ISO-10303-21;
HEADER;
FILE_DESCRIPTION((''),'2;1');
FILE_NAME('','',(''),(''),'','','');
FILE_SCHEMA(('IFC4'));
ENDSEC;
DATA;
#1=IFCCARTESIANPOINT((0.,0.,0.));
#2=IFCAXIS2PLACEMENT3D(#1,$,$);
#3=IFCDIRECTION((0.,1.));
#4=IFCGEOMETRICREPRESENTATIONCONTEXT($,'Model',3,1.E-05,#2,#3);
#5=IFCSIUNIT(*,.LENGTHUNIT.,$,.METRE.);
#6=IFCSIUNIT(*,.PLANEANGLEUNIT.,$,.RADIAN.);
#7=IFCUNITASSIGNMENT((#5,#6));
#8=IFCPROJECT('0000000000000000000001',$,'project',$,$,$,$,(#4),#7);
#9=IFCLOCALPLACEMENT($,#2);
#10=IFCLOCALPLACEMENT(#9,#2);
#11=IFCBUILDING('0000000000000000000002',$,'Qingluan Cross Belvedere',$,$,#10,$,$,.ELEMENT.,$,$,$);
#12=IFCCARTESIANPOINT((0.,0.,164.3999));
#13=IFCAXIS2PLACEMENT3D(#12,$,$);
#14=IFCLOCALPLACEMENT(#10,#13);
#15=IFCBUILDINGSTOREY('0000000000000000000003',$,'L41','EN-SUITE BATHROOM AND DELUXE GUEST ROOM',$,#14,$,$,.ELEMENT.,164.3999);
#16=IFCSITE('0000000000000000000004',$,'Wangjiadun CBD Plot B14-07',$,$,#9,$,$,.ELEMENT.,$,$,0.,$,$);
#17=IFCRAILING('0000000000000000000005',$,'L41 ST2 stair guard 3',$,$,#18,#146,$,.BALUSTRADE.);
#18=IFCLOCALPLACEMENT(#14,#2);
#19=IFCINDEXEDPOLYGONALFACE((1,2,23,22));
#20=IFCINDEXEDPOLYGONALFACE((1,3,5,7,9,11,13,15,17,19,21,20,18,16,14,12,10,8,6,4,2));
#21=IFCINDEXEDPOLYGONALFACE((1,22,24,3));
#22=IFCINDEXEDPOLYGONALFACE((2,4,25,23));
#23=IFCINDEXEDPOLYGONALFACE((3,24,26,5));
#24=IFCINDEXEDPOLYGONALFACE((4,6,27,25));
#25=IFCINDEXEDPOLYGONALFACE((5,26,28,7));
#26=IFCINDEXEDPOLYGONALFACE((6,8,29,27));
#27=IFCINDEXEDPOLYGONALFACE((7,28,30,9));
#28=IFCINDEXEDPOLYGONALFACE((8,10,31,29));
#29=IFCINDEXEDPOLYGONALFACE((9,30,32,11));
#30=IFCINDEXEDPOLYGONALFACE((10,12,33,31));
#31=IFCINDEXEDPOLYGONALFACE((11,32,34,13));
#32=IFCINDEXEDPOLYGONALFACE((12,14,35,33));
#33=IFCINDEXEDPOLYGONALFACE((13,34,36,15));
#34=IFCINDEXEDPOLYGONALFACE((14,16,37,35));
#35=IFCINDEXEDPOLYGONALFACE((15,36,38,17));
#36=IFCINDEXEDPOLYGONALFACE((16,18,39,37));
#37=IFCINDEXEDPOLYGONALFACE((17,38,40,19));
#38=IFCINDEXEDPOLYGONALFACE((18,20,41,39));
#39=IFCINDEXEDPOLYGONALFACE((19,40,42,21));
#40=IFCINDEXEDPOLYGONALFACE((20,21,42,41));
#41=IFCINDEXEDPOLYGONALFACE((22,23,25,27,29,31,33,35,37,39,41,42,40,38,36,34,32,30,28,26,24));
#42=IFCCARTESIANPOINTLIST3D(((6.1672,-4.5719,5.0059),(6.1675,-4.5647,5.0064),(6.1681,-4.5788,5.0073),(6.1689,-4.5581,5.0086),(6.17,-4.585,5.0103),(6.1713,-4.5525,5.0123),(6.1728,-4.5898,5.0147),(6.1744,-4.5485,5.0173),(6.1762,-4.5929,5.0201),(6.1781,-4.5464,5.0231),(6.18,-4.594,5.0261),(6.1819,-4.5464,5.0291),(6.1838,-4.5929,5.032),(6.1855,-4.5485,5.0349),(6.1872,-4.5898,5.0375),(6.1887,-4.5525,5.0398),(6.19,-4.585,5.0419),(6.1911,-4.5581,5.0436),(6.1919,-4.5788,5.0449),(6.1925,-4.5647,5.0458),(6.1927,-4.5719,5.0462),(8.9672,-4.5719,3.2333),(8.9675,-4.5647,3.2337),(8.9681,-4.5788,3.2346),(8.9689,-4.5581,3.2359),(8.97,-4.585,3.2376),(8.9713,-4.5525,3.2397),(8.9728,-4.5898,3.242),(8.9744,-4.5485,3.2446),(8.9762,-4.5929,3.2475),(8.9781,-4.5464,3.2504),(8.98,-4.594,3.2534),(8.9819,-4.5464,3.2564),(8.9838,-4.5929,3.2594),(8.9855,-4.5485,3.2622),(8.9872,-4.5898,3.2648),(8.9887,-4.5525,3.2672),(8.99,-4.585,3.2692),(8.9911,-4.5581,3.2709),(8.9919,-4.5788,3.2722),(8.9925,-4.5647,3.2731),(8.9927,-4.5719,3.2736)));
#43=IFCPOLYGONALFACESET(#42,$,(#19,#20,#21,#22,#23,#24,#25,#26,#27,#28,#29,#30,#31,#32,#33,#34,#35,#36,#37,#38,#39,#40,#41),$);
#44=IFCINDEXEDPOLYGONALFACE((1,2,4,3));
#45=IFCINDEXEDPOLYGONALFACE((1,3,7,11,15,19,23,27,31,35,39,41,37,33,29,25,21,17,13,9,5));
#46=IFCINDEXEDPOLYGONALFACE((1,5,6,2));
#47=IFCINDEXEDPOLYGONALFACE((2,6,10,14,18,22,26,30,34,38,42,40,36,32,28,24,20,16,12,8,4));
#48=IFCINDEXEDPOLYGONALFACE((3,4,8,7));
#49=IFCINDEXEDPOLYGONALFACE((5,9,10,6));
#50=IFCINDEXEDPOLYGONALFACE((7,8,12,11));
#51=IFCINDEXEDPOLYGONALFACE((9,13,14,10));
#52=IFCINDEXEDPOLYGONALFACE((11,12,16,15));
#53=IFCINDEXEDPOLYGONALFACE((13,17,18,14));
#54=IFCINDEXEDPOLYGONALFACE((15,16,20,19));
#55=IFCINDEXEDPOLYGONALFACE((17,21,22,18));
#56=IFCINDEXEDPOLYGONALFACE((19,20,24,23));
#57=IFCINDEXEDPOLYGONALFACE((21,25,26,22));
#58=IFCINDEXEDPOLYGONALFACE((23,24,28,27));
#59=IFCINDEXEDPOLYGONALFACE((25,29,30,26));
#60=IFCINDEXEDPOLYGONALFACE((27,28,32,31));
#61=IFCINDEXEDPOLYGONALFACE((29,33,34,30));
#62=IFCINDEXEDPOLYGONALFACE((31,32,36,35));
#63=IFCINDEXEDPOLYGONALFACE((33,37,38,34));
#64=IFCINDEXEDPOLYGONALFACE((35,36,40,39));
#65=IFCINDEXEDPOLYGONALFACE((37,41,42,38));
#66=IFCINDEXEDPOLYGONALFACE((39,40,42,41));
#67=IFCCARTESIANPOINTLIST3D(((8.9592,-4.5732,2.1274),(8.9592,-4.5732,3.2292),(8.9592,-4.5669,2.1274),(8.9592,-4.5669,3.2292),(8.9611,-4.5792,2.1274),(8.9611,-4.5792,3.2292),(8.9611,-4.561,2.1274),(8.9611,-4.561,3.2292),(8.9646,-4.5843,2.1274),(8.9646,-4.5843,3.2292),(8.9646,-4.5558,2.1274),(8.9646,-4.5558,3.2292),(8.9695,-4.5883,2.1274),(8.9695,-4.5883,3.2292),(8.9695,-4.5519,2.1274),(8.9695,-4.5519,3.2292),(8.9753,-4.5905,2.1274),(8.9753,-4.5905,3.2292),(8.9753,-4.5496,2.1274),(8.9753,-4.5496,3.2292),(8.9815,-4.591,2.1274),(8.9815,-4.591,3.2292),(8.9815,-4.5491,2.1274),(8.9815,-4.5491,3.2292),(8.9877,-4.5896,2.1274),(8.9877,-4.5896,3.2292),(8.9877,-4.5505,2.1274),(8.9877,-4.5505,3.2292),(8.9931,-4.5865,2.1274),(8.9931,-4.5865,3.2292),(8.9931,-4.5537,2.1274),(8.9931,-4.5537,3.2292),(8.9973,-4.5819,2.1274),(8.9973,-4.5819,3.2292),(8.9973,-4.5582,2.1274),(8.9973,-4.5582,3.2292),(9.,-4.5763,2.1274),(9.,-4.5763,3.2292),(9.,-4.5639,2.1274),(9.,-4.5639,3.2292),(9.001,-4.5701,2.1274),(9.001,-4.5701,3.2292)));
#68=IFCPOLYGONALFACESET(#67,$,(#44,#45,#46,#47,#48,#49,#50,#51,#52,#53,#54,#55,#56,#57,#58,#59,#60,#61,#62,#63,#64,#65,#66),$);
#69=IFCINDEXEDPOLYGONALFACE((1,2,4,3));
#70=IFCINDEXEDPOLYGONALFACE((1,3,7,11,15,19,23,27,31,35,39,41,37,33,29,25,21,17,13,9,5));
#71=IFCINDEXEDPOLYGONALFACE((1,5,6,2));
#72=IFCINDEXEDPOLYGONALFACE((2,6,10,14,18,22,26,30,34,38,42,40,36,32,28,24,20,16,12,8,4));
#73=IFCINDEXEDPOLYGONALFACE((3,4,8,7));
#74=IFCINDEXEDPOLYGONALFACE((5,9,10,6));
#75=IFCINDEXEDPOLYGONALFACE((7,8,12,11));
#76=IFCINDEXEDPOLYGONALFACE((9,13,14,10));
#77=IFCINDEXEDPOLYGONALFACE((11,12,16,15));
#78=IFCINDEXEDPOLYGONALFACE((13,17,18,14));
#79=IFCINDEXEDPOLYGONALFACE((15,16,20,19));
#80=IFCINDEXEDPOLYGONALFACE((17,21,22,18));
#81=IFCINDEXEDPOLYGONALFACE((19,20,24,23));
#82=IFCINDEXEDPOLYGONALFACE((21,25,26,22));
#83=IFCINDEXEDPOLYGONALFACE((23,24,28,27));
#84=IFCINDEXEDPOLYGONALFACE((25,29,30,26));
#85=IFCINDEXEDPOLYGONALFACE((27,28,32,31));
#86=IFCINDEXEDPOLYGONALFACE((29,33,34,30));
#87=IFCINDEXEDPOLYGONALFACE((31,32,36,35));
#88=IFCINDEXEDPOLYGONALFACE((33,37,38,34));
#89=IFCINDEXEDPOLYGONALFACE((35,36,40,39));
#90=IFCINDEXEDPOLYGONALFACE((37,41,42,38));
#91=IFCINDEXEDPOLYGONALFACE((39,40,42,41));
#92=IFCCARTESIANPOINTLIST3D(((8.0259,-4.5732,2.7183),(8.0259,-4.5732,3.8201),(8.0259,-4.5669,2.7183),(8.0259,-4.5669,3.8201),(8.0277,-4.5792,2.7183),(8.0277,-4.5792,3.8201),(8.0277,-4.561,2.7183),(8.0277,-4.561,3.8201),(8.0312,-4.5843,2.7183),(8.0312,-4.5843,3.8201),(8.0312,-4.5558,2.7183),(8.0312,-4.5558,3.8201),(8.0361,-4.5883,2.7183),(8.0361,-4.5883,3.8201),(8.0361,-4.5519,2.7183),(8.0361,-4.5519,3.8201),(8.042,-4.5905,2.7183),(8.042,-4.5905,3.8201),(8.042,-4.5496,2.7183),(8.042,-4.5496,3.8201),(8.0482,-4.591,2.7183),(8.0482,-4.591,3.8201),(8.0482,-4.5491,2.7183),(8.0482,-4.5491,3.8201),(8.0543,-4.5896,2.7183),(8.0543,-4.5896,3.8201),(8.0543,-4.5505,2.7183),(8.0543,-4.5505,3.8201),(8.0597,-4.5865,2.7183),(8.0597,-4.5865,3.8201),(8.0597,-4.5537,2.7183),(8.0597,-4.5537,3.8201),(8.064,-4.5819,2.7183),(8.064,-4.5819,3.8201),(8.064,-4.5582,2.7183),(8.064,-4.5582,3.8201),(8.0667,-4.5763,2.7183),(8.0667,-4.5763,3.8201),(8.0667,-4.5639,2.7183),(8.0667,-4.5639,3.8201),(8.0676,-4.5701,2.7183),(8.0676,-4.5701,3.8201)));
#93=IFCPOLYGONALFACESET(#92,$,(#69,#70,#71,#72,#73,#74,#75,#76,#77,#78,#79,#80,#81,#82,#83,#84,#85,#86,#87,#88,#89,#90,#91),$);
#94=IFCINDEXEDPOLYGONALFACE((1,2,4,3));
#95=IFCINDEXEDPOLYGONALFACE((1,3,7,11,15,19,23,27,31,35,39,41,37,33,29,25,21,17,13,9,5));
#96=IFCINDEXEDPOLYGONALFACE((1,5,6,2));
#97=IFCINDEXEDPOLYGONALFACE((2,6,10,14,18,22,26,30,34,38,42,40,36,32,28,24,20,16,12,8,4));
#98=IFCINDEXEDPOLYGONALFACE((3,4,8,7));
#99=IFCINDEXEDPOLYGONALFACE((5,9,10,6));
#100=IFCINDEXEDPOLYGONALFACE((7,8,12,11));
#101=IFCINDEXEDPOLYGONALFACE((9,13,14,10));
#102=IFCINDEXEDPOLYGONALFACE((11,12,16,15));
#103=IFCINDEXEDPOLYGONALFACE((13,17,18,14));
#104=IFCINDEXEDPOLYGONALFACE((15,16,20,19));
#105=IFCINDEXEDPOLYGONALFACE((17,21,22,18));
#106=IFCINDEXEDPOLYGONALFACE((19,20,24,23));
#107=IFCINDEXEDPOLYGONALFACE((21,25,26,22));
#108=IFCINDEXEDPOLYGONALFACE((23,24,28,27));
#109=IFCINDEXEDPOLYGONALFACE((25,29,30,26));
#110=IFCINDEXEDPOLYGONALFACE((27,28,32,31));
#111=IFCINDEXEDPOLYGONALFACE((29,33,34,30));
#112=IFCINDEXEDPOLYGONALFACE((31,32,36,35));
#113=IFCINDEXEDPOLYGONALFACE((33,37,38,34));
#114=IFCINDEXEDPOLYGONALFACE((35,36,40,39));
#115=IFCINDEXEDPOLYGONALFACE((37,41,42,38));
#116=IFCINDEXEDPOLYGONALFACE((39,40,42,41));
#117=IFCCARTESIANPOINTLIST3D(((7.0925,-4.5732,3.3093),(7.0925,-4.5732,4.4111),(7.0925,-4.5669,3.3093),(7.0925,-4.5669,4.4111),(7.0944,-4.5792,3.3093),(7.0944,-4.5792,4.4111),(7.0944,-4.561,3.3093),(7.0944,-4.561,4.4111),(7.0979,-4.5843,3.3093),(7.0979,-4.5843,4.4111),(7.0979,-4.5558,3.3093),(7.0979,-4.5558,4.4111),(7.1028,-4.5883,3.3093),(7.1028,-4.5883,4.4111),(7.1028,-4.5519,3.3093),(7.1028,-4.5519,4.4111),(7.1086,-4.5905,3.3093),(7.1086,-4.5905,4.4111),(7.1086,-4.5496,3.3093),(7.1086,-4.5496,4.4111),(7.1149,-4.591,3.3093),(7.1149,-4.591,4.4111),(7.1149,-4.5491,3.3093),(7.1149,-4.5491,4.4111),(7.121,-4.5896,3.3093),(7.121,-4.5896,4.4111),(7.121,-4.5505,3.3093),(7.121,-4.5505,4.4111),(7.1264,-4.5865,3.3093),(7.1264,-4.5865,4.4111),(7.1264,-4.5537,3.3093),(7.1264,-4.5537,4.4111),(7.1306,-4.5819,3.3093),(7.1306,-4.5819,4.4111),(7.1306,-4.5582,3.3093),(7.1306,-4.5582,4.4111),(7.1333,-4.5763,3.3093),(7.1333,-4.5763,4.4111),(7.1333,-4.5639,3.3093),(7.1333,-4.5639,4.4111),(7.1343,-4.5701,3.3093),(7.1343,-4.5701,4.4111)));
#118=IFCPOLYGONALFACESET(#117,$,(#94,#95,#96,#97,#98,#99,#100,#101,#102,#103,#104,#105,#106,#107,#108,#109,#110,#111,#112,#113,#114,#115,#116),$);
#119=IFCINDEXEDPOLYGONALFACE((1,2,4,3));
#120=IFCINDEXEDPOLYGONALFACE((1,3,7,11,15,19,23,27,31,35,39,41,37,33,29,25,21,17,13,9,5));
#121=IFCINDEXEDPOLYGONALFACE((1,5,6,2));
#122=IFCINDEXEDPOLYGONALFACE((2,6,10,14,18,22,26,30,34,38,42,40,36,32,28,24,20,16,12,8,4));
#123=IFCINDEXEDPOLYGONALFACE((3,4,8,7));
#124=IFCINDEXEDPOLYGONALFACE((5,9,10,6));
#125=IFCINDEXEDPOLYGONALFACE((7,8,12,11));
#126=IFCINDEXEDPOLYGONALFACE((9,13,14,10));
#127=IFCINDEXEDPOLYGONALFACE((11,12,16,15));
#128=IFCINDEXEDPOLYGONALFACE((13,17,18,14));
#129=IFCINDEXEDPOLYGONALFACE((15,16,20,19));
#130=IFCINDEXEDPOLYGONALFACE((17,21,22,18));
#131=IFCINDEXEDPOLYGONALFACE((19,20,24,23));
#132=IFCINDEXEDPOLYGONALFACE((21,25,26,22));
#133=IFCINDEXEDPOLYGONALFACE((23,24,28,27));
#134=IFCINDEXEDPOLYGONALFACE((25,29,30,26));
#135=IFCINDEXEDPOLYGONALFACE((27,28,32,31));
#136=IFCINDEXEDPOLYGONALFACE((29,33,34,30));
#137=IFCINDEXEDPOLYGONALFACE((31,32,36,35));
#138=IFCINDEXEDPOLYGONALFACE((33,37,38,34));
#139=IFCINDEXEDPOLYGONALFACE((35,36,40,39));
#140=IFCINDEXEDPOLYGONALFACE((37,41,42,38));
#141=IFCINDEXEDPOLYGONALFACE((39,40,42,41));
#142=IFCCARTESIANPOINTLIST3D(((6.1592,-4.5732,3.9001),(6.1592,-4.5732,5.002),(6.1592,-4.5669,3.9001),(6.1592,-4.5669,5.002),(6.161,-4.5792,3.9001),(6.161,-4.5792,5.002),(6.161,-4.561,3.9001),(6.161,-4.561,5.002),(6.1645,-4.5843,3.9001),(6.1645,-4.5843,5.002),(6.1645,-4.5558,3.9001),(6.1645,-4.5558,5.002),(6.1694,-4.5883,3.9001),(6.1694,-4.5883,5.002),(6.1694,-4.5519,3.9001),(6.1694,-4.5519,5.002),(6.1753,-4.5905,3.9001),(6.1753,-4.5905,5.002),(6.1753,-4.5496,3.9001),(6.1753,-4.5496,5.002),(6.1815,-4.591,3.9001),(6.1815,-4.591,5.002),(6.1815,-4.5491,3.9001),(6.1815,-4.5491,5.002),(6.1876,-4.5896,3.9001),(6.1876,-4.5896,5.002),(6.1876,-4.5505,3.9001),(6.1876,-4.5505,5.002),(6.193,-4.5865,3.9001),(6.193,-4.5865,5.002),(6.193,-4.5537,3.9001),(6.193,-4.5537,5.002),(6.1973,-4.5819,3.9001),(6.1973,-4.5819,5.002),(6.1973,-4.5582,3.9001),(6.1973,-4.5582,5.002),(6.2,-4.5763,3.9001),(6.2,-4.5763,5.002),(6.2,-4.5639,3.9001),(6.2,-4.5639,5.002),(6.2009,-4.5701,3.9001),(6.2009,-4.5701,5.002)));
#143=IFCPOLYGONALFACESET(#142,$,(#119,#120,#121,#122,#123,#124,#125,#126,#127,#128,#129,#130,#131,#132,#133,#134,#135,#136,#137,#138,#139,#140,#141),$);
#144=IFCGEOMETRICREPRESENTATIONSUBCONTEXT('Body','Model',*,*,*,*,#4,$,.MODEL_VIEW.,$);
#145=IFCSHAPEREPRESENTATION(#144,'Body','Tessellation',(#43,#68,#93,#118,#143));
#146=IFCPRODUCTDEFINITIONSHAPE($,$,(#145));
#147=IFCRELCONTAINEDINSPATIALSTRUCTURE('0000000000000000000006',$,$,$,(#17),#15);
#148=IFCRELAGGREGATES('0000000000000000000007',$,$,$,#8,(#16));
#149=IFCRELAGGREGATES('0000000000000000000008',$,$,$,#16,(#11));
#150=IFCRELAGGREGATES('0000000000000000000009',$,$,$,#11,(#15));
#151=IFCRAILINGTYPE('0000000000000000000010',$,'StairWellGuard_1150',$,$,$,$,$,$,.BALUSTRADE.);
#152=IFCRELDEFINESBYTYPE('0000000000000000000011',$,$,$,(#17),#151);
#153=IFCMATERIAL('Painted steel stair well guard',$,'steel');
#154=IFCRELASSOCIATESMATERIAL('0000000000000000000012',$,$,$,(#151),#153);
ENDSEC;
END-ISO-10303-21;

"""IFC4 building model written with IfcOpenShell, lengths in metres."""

from ifc_helpers import new_model, si_unit, direction, frame, origin, origin_2d, place, context, subcontext, project, spatial, circle, extrude, material, type_object, element, save


model = new_model("IFC4")

# Units and contexts
model_context = context("Model", 3, precision=1e-05, world=origin(), true_north=direction((0.0, 1.0)))
body_context = subcontext(model_context, "Body", "Model", "MODEL_VIEW")
ifc_project = project(units=[si_unit("LENGTHUNIT", "METRE"), si_unit("PLANEANGLEUNIT", "RADIAN")], contexts=[model_context])

# Site, building, storey
site_placement = place(None, origin())
site = spatial("IfcSite", under=ifc_project, at=site_placement, Name="Wangjiadun CBD Plot B14-07", CompositionType="ELEMENT", RefElevation=0.0)
building_placement = place(site_placement, origin())
building = spatial("IfcBuilding", under=site, at=building_placement, Name="Qingluan Cross Belvedere", CompositionType="ELEMENT")
storey_placement = place(building_placement, frame((0.0, 0.0, 164.3999)))
storey = spatial("IfcBuildingStorey", under=building, at=storey_placement, Name="L41", Description="EN-SUITE BATHROOM AND DELUXE GUEST ROOM", CompositionType="ELEMENT", Elevation=164.3999)

# Railing
ifc_material_1 = material(Name="Painted steel stair well guard", Category="steel")
railing_type_1 = type_object("IfcRailingType", Name="StairWellGuard_1150", PredefinedType="BALUSTRADE", material=ifc_material_1)
railing_1_placement = place(storey_placement, frame((8.98, -4.5701, 2.1274)))
element("IfcRailing", 1, at=railing_1_placement, inside=storey, type_object=railing_type_1, Name="L41 ST2 stair guard 3", PredefinedType="BALUSTRADE", context=body_context, shape_type="SweptSolid", body=[
    extrude(circle(Radius=0.0239, at=origin_2d()), frame((0.0, 0.0, 1.126), z_axis=(-0.844909, 0.0, 0.53491), x_axis=(0.0, -1.0, 0.0)), (0.0, 0.0, 1.0), 3.314),
    extrude(circle(Radius=0.021, at=origin_2d()), origin(), (0.0, 0.0, 1.0), 1.1018),
    extrude(circle(Radius=0.021, at=origin_2d()), frame((-0.9333, 0.0, 0.5908)), (0.0, 0.0, 1.0), 1.1018),
    extrude(circle(Radius=0.021, at=origin_2d()), frame((-1.8667, 0.0, 1.1819)), (0.0, 0.0, 1.0), 1.1018),
    extrude(circle(Radius=0.021, at=origin_2d()), frame((-2.8, 0.0, 1.7727)), (0.0, 0.0, 1.0), 1.1018),
])

save(model, "model.ifc")
